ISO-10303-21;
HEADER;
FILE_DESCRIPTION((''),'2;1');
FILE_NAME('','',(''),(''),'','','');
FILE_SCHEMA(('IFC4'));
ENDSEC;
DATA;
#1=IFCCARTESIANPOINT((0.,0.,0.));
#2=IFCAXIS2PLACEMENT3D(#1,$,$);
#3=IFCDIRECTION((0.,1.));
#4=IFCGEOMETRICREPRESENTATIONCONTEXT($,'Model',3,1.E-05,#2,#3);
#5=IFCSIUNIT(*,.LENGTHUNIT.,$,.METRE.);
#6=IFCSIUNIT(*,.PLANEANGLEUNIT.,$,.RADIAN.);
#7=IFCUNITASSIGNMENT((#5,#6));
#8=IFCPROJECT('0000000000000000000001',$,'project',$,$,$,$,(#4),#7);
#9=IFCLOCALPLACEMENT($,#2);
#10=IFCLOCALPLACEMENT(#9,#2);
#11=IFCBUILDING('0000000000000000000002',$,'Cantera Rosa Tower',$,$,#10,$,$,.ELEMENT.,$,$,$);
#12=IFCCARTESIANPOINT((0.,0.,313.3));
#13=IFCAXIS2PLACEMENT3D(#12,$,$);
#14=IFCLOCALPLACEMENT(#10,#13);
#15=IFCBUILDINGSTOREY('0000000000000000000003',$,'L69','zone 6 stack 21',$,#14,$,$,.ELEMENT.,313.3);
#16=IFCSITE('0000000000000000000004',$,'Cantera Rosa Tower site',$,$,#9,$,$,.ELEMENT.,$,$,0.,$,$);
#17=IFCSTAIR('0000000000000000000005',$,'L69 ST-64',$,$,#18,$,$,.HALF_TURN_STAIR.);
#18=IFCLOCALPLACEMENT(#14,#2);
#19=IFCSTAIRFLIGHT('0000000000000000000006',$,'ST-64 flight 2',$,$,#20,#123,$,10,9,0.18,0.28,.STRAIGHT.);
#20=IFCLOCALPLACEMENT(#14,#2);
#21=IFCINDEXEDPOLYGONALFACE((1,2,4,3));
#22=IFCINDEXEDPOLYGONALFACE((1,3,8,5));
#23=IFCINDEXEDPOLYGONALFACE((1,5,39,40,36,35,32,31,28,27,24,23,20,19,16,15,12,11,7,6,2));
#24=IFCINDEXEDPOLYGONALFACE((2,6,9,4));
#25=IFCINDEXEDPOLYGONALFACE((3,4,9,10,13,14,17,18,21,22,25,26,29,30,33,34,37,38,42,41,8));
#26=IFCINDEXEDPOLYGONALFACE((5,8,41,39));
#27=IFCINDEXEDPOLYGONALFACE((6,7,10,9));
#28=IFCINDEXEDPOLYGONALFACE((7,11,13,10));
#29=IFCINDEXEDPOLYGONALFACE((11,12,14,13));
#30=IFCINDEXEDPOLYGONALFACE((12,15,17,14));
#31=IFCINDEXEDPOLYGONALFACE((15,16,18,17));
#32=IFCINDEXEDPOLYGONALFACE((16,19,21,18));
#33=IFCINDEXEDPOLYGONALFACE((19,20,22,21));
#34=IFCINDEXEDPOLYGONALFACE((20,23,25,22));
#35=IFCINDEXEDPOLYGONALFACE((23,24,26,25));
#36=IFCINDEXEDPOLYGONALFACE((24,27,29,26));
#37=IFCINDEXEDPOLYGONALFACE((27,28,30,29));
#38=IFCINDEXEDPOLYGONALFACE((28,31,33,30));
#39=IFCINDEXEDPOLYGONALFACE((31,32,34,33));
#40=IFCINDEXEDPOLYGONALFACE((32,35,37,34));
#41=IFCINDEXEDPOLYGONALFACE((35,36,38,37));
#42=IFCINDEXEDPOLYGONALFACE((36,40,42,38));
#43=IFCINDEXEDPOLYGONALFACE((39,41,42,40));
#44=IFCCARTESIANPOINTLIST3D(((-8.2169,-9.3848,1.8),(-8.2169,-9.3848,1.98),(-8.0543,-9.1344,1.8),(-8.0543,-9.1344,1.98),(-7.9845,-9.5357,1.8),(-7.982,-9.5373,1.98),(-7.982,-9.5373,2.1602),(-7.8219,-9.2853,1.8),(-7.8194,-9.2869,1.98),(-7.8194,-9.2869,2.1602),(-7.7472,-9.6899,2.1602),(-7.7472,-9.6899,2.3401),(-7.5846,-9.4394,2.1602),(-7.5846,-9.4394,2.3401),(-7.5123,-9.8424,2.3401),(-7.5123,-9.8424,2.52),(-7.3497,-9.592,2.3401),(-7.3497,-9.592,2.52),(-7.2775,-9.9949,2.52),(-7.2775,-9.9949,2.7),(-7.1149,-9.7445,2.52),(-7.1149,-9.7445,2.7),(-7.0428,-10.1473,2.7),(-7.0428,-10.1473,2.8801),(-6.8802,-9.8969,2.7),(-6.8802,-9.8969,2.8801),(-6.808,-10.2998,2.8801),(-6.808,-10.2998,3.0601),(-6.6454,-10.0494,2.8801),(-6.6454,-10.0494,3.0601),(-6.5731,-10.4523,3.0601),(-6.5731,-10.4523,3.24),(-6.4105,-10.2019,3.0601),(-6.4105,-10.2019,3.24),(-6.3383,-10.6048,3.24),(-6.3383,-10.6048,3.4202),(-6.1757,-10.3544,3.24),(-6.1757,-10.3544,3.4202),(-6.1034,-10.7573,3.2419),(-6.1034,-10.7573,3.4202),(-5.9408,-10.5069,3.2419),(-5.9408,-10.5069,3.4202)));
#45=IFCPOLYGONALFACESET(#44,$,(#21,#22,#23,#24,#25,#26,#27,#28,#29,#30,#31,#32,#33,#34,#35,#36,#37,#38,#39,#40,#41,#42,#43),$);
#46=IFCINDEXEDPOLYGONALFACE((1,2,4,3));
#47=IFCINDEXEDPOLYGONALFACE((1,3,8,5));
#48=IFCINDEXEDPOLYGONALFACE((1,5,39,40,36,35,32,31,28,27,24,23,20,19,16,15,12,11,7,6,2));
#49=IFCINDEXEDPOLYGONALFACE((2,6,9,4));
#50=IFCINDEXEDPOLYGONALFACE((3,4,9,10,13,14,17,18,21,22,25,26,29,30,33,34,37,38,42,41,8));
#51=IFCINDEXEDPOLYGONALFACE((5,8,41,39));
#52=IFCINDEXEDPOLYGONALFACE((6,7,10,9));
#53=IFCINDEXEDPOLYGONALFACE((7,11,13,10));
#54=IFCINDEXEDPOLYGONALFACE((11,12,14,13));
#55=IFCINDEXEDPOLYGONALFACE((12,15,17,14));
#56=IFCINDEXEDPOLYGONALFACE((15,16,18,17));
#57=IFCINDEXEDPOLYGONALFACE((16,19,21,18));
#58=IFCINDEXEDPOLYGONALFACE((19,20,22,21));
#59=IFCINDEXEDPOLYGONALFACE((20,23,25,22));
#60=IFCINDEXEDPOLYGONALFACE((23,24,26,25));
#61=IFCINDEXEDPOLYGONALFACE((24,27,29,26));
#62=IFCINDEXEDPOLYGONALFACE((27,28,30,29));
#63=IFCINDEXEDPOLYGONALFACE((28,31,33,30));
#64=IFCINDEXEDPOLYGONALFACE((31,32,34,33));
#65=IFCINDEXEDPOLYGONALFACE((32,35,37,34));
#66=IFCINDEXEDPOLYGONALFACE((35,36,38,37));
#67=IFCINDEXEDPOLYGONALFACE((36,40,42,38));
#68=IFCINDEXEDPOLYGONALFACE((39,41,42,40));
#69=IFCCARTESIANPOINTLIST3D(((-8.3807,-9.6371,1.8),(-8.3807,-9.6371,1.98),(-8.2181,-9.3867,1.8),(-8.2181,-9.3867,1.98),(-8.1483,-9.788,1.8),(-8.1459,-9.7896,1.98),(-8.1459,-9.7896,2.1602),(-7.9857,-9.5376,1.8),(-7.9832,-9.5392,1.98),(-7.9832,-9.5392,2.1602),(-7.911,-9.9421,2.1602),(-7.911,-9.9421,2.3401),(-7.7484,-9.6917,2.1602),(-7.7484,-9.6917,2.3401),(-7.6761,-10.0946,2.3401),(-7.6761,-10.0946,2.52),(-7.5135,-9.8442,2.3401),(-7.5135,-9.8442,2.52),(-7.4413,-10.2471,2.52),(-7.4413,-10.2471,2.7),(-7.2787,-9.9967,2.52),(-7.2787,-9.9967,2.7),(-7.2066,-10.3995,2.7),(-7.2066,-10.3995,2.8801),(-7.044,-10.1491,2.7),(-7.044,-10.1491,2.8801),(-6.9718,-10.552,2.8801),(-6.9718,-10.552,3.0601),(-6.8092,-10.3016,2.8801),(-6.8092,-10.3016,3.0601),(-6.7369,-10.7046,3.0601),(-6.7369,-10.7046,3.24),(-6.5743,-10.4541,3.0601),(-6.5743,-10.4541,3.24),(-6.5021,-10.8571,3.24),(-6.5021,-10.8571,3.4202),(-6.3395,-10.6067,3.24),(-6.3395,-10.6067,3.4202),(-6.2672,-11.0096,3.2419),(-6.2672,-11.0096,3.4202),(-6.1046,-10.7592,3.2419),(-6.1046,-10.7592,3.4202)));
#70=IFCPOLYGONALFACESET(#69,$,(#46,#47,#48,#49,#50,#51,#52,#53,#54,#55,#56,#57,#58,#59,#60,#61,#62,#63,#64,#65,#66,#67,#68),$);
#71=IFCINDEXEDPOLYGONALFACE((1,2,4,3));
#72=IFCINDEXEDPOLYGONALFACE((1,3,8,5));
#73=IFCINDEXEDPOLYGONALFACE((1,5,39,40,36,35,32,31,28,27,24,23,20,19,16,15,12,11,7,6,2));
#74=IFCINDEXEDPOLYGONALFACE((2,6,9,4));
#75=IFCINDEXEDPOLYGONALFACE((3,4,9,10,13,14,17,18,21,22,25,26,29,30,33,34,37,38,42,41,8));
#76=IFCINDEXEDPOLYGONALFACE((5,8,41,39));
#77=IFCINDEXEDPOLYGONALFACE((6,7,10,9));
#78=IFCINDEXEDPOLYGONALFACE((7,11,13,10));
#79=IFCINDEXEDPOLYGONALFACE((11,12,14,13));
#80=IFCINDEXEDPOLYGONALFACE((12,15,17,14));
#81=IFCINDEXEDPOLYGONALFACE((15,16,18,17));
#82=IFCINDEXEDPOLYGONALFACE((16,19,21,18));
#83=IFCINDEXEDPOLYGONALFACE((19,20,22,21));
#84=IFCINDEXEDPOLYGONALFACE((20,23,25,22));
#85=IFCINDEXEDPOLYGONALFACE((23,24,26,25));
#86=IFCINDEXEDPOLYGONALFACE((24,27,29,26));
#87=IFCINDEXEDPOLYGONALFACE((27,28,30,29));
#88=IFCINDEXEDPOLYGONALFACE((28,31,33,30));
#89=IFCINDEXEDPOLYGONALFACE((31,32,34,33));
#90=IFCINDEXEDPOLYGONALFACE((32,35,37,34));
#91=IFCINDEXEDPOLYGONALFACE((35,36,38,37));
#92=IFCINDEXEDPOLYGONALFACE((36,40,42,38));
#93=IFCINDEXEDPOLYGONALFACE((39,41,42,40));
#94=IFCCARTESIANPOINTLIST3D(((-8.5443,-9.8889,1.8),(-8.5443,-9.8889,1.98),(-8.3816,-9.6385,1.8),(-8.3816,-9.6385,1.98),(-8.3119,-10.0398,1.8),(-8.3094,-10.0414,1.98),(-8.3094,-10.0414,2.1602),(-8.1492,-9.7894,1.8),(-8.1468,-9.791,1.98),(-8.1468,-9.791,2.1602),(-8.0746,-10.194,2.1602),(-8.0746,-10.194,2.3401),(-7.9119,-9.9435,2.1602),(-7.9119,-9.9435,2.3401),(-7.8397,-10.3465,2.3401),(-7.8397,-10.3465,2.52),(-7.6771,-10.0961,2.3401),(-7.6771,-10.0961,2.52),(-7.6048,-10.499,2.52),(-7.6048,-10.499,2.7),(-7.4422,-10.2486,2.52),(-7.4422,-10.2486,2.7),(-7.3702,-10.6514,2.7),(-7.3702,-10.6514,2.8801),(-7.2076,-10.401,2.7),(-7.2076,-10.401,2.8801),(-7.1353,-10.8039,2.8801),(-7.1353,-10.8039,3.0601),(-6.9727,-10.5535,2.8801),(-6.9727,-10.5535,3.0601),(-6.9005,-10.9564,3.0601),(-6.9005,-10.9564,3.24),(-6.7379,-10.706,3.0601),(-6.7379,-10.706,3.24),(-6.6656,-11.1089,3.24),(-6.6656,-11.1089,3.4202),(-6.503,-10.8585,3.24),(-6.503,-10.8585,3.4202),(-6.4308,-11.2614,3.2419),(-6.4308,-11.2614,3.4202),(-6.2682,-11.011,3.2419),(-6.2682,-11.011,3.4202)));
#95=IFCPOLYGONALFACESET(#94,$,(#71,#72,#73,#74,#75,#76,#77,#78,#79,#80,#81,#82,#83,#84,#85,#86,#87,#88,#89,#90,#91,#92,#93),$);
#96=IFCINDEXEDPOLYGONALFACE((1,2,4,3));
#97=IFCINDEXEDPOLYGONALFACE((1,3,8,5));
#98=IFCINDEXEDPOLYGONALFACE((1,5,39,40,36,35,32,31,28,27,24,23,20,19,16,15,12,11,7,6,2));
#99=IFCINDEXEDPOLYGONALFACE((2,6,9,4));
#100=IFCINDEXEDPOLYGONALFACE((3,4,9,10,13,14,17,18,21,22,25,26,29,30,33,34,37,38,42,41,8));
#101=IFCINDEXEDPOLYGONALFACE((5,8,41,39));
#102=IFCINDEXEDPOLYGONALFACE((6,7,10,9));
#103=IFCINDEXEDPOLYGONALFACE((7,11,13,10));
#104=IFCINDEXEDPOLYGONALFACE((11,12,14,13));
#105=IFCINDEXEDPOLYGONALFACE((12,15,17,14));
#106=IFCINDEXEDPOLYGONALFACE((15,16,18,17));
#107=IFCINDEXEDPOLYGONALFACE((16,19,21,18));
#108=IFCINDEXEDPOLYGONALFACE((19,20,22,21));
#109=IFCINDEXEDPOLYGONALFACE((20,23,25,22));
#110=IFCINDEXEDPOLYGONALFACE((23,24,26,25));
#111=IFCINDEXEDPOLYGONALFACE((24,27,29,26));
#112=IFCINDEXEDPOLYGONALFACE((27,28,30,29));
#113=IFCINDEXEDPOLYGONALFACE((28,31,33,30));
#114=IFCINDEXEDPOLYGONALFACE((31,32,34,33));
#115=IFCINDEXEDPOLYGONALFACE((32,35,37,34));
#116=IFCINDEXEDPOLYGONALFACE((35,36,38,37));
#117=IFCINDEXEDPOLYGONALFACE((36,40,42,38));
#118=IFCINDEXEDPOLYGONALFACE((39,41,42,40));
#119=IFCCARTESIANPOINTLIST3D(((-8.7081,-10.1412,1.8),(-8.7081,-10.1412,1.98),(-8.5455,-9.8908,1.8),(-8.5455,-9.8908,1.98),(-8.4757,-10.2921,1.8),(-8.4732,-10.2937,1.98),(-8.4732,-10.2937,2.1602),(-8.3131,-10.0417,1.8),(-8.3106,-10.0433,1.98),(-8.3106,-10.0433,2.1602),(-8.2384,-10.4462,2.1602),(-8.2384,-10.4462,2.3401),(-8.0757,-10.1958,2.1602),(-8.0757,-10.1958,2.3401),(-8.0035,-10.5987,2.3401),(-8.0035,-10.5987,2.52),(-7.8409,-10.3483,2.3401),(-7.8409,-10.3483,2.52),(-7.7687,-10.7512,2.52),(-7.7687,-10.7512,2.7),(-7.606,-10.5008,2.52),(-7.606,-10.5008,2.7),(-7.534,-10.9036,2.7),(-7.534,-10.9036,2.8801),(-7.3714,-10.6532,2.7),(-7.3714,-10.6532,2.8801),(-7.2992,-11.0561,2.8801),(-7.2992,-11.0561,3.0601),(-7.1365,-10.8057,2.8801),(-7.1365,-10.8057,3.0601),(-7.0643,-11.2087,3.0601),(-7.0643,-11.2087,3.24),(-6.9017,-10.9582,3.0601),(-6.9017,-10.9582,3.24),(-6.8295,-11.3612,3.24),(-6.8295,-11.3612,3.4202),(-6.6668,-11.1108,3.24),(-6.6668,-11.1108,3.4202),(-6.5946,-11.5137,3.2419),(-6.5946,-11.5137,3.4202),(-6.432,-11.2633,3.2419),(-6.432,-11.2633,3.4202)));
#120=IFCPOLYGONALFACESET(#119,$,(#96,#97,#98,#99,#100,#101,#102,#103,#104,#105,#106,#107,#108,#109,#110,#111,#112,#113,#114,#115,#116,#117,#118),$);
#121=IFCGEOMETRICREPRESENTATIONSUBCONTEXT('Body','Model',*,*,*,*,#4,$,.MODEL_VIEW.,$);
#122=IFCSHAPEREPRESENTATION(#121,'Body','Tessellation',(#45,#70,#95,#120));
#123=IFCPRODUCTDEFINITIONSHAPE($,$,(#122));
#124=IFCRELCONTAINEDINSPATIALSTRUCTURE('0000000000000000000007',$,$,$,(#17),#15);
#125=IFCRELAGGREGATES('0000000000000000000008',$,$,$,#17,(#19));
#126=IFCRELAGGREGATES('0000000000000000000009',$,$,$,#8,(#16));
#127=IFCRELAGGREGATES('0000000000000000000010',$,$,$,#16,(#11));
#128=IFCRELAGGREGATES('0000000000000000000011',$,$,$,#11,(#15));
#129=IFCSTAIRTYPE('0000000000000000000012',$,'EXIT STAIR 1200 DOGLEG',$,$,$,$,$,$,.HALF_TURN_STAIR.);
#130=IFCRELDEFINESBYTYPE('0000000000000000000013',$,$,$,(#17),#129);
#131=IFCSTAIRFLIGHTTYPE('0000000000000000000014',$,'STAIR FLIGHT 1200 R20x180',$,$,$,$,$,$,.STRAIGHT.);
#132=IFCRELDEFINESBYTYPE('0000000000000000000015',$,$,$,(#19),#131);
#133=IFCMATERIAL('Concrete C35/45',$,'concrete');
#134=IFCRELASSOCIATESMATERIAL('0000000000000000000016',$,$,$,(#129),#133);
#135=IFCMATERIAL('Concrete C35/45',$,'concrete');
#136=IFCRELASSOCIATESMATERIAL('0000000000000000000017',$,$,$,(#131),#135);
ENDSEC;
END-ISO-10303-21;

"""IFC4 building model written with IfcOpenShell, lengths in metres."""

from ifc_helpers import new_model, si_unit, direction, frame, origin, place, context, subcontext, project, spatial, polyline, outline, extrude, material, type_object, element, aggregate, save


model = new_model("IFC4")

# Units and contexts
model_context = context("Model", 3, precision=1e-05, world=origin(), true_north=direction((0.0, 1.0)))
body_context = subcontext(model_context, "Body", "Model", "MODEL_VIEW")
ifc_project = project(units=[si_unit("LENGTHUNIT", "METRE"), si_unit("PLANEANGLEUNIT", "RADIAN")], contexts=[model_context])

# Site, building, storey
site_placement = place(None, origin())
site = spatial("IfcSite", under=ifc_project, at=site_placement, Name="Cantera Rosa Tower site", CompositionType="ELEMENT", RefElevation=0.0)
building_placement = place(site_placement, origin())
building = spatial("IfcBuilding", under=site, at=building_placement, Name="Cantera Rosa Tower", CompositionType="ELEMENT")
storey_placement = place(building_placement, frame((0.0, 0.0, 313.3)))
storey = spatial("IfcBuildingStorey", under=building, at=storey_placement, Name="L69", Description="zone 6 stack 21", CompositionType="ELEMENT", Elevation=313.3)

# Stair, stair flight
ifc_material_1 = material(Name="Concrete C35/45", Category="concrete")
stair_type = type_object("IfcStairType", Name="EXIT STAIR 1200 DOGLEG", PredefinedType="HALF_TURN_STAIR", material=ifc_material_1)
stair_placement = place(storey_placement, origin())
stair = element("IfcStair", 1, at=stair_placement, inside=storey, type_object=stair_type, Name="L69 ST-64", PredefinedType="HALF_TURN_STAIR")
ifc_material_2 = material(Name="Concrete C35/45", Category="concrete")
stair_flight_type = type_object("IfcStairFlightType", Name="STAIR FLIGHT 1200 R20x180", PredefinedType="STRAIGHT", material=ifc_material_2)
stair_flight_placement = place(storey_placement, frame((-8.3811, -9.6377, 1.8), z_axis=(0.0, 0.0, 1.0), x_axis=(0.838671, -0.544639, 0.0)))
stair_flight = element("IfcStairFlight", 2, at=stair_flight_placement, type_object=stair_flight_type, Name="ST-64 flight 2", NumberOfRisers=10, NumberOfTreads=9, PredefinedType="STRAIGHT", RiserHeight=0.18, TreadLength=0.28, context=body_context, shape_type="SweptSolid", body=[
    extrude(outline(polyline([(0.0, 0.0), (0.0, 0.1799), (0.28, 0.1799), (0.28, 0.3601), (0.5601, 0.3601), (0.5601, 0.54), (0.8401, 0.54), (0.8401, 0.72), (1.1201, 0.72), (1.1201, 0.8999), (1.3999, 0.8999), (1.3999, 1.0801), (1.6799, 1.0801), (1.6799, 1.26), (1.96, 1.26), (1.96, 1.4399), (2.24, 1.4399), (2.24, 1.6201), (2.52, 1.6201), (2.52, 1.8), (2.52, 1.4419), (0.2771, 0.0), (0.0, 0.0)])), frame((0.0, 0.6001, 0.0), z_axis=(0.0, -1.0, 0.0), x_axis=(1.0, 0.0, 0.0)), (0.0, 0.0, 1.0), 0.2986),
    extrude(outline(polyline([(0.0, 0.0), (0.0, 0.1799), (0.28, 0.1799), (0.28, 0.3601), (0.5601, 0.3601), (0.5601, 0.54), (0.8401, 0.54), (0.8401, 0.72), (1.1201, 0.72), (1.1201, 0.8999), (1.3999, 0.8999), (1.3999, 1.0801), (1.6799, 1.0801), (1.6799, 1.26), (1.96, 1.26), (1.96, 1.4399), (2.24, 1.4399), (2.24, 1.6201), (2.52, 1.6201), (2.52, 1.8), (2.52, 1.4419), (0.2771, 0.0), (0.0, 0.0)])), frame((0.0, 0.2993, 0.0), z_axis=(0.0, -1.0, 0.0), x_axis=(1.0, 0.0, 0.0)), (0.0, 0.0, 1.0), 0.2986),
    extrude(outline(polyline([(0.0, 0.0), (0.0, 0.1799), (0.28, 0.1799), (0.28, 0.3601), (0.5601, 0.3601), (0.5601, 0.54), (0.8401, 0.54), (0.8401, 0.72), (1.1201, 0.72), (1.1201, 0.8999), (1.3999, 0.8999), (1.3999, 1.0801), (1.6799, 1.0801), (1.6799, 1.26), (1.96, 1.26), (1.96, 1.4399), (2.24, 1.4399), (2.24, 1.6201), (2.52, 1.6201), (2.52, 1.8), (2.52, 1.4419), (0.2771, 0.0), (0.0, 0.0)])), frame((0.0, -0.001, 0.0), z_axis=(0.0, -1.0, 0.0), x_axis=(1.0, 0.0, 0.0)), (0.0, 0.0, 1.0), 0.2986),
    extrude(outline(polyline([(0.0, 0.0), (0.0, 0.1799), (0.28, 0.1799), (0.28, 0.3601), (0.5601, 0.3601), (0.5601, 0.54), (0.8401, 0.54), (0.8401, 0.72), (1.1201, 0.72), (1.1201, 0.8999), (1.3999, 0.8999), (1.3999, 1.0801), (1.6799, 1.0801), (1.6799, 1.26), (1.96, 1.26), (1.96, 1.4399), (2.24, 1.4399), (2.24, 1.6201), (2.52, 1.6201), (2.52, 1.8), (2.52, 1.4419), (0.2771, 0.0), (0.0, 0.0)])), frame((0.0, -0.3018, 0.0), z_axis=(0.0, -1.0, 0.0), x_axis=(1.0, 0.0, 0.0)), (0.0, 0.0, 1.0), 0.2986),
])
aggregate(stair, [stair_flight])

save(model, "model.ifc")
